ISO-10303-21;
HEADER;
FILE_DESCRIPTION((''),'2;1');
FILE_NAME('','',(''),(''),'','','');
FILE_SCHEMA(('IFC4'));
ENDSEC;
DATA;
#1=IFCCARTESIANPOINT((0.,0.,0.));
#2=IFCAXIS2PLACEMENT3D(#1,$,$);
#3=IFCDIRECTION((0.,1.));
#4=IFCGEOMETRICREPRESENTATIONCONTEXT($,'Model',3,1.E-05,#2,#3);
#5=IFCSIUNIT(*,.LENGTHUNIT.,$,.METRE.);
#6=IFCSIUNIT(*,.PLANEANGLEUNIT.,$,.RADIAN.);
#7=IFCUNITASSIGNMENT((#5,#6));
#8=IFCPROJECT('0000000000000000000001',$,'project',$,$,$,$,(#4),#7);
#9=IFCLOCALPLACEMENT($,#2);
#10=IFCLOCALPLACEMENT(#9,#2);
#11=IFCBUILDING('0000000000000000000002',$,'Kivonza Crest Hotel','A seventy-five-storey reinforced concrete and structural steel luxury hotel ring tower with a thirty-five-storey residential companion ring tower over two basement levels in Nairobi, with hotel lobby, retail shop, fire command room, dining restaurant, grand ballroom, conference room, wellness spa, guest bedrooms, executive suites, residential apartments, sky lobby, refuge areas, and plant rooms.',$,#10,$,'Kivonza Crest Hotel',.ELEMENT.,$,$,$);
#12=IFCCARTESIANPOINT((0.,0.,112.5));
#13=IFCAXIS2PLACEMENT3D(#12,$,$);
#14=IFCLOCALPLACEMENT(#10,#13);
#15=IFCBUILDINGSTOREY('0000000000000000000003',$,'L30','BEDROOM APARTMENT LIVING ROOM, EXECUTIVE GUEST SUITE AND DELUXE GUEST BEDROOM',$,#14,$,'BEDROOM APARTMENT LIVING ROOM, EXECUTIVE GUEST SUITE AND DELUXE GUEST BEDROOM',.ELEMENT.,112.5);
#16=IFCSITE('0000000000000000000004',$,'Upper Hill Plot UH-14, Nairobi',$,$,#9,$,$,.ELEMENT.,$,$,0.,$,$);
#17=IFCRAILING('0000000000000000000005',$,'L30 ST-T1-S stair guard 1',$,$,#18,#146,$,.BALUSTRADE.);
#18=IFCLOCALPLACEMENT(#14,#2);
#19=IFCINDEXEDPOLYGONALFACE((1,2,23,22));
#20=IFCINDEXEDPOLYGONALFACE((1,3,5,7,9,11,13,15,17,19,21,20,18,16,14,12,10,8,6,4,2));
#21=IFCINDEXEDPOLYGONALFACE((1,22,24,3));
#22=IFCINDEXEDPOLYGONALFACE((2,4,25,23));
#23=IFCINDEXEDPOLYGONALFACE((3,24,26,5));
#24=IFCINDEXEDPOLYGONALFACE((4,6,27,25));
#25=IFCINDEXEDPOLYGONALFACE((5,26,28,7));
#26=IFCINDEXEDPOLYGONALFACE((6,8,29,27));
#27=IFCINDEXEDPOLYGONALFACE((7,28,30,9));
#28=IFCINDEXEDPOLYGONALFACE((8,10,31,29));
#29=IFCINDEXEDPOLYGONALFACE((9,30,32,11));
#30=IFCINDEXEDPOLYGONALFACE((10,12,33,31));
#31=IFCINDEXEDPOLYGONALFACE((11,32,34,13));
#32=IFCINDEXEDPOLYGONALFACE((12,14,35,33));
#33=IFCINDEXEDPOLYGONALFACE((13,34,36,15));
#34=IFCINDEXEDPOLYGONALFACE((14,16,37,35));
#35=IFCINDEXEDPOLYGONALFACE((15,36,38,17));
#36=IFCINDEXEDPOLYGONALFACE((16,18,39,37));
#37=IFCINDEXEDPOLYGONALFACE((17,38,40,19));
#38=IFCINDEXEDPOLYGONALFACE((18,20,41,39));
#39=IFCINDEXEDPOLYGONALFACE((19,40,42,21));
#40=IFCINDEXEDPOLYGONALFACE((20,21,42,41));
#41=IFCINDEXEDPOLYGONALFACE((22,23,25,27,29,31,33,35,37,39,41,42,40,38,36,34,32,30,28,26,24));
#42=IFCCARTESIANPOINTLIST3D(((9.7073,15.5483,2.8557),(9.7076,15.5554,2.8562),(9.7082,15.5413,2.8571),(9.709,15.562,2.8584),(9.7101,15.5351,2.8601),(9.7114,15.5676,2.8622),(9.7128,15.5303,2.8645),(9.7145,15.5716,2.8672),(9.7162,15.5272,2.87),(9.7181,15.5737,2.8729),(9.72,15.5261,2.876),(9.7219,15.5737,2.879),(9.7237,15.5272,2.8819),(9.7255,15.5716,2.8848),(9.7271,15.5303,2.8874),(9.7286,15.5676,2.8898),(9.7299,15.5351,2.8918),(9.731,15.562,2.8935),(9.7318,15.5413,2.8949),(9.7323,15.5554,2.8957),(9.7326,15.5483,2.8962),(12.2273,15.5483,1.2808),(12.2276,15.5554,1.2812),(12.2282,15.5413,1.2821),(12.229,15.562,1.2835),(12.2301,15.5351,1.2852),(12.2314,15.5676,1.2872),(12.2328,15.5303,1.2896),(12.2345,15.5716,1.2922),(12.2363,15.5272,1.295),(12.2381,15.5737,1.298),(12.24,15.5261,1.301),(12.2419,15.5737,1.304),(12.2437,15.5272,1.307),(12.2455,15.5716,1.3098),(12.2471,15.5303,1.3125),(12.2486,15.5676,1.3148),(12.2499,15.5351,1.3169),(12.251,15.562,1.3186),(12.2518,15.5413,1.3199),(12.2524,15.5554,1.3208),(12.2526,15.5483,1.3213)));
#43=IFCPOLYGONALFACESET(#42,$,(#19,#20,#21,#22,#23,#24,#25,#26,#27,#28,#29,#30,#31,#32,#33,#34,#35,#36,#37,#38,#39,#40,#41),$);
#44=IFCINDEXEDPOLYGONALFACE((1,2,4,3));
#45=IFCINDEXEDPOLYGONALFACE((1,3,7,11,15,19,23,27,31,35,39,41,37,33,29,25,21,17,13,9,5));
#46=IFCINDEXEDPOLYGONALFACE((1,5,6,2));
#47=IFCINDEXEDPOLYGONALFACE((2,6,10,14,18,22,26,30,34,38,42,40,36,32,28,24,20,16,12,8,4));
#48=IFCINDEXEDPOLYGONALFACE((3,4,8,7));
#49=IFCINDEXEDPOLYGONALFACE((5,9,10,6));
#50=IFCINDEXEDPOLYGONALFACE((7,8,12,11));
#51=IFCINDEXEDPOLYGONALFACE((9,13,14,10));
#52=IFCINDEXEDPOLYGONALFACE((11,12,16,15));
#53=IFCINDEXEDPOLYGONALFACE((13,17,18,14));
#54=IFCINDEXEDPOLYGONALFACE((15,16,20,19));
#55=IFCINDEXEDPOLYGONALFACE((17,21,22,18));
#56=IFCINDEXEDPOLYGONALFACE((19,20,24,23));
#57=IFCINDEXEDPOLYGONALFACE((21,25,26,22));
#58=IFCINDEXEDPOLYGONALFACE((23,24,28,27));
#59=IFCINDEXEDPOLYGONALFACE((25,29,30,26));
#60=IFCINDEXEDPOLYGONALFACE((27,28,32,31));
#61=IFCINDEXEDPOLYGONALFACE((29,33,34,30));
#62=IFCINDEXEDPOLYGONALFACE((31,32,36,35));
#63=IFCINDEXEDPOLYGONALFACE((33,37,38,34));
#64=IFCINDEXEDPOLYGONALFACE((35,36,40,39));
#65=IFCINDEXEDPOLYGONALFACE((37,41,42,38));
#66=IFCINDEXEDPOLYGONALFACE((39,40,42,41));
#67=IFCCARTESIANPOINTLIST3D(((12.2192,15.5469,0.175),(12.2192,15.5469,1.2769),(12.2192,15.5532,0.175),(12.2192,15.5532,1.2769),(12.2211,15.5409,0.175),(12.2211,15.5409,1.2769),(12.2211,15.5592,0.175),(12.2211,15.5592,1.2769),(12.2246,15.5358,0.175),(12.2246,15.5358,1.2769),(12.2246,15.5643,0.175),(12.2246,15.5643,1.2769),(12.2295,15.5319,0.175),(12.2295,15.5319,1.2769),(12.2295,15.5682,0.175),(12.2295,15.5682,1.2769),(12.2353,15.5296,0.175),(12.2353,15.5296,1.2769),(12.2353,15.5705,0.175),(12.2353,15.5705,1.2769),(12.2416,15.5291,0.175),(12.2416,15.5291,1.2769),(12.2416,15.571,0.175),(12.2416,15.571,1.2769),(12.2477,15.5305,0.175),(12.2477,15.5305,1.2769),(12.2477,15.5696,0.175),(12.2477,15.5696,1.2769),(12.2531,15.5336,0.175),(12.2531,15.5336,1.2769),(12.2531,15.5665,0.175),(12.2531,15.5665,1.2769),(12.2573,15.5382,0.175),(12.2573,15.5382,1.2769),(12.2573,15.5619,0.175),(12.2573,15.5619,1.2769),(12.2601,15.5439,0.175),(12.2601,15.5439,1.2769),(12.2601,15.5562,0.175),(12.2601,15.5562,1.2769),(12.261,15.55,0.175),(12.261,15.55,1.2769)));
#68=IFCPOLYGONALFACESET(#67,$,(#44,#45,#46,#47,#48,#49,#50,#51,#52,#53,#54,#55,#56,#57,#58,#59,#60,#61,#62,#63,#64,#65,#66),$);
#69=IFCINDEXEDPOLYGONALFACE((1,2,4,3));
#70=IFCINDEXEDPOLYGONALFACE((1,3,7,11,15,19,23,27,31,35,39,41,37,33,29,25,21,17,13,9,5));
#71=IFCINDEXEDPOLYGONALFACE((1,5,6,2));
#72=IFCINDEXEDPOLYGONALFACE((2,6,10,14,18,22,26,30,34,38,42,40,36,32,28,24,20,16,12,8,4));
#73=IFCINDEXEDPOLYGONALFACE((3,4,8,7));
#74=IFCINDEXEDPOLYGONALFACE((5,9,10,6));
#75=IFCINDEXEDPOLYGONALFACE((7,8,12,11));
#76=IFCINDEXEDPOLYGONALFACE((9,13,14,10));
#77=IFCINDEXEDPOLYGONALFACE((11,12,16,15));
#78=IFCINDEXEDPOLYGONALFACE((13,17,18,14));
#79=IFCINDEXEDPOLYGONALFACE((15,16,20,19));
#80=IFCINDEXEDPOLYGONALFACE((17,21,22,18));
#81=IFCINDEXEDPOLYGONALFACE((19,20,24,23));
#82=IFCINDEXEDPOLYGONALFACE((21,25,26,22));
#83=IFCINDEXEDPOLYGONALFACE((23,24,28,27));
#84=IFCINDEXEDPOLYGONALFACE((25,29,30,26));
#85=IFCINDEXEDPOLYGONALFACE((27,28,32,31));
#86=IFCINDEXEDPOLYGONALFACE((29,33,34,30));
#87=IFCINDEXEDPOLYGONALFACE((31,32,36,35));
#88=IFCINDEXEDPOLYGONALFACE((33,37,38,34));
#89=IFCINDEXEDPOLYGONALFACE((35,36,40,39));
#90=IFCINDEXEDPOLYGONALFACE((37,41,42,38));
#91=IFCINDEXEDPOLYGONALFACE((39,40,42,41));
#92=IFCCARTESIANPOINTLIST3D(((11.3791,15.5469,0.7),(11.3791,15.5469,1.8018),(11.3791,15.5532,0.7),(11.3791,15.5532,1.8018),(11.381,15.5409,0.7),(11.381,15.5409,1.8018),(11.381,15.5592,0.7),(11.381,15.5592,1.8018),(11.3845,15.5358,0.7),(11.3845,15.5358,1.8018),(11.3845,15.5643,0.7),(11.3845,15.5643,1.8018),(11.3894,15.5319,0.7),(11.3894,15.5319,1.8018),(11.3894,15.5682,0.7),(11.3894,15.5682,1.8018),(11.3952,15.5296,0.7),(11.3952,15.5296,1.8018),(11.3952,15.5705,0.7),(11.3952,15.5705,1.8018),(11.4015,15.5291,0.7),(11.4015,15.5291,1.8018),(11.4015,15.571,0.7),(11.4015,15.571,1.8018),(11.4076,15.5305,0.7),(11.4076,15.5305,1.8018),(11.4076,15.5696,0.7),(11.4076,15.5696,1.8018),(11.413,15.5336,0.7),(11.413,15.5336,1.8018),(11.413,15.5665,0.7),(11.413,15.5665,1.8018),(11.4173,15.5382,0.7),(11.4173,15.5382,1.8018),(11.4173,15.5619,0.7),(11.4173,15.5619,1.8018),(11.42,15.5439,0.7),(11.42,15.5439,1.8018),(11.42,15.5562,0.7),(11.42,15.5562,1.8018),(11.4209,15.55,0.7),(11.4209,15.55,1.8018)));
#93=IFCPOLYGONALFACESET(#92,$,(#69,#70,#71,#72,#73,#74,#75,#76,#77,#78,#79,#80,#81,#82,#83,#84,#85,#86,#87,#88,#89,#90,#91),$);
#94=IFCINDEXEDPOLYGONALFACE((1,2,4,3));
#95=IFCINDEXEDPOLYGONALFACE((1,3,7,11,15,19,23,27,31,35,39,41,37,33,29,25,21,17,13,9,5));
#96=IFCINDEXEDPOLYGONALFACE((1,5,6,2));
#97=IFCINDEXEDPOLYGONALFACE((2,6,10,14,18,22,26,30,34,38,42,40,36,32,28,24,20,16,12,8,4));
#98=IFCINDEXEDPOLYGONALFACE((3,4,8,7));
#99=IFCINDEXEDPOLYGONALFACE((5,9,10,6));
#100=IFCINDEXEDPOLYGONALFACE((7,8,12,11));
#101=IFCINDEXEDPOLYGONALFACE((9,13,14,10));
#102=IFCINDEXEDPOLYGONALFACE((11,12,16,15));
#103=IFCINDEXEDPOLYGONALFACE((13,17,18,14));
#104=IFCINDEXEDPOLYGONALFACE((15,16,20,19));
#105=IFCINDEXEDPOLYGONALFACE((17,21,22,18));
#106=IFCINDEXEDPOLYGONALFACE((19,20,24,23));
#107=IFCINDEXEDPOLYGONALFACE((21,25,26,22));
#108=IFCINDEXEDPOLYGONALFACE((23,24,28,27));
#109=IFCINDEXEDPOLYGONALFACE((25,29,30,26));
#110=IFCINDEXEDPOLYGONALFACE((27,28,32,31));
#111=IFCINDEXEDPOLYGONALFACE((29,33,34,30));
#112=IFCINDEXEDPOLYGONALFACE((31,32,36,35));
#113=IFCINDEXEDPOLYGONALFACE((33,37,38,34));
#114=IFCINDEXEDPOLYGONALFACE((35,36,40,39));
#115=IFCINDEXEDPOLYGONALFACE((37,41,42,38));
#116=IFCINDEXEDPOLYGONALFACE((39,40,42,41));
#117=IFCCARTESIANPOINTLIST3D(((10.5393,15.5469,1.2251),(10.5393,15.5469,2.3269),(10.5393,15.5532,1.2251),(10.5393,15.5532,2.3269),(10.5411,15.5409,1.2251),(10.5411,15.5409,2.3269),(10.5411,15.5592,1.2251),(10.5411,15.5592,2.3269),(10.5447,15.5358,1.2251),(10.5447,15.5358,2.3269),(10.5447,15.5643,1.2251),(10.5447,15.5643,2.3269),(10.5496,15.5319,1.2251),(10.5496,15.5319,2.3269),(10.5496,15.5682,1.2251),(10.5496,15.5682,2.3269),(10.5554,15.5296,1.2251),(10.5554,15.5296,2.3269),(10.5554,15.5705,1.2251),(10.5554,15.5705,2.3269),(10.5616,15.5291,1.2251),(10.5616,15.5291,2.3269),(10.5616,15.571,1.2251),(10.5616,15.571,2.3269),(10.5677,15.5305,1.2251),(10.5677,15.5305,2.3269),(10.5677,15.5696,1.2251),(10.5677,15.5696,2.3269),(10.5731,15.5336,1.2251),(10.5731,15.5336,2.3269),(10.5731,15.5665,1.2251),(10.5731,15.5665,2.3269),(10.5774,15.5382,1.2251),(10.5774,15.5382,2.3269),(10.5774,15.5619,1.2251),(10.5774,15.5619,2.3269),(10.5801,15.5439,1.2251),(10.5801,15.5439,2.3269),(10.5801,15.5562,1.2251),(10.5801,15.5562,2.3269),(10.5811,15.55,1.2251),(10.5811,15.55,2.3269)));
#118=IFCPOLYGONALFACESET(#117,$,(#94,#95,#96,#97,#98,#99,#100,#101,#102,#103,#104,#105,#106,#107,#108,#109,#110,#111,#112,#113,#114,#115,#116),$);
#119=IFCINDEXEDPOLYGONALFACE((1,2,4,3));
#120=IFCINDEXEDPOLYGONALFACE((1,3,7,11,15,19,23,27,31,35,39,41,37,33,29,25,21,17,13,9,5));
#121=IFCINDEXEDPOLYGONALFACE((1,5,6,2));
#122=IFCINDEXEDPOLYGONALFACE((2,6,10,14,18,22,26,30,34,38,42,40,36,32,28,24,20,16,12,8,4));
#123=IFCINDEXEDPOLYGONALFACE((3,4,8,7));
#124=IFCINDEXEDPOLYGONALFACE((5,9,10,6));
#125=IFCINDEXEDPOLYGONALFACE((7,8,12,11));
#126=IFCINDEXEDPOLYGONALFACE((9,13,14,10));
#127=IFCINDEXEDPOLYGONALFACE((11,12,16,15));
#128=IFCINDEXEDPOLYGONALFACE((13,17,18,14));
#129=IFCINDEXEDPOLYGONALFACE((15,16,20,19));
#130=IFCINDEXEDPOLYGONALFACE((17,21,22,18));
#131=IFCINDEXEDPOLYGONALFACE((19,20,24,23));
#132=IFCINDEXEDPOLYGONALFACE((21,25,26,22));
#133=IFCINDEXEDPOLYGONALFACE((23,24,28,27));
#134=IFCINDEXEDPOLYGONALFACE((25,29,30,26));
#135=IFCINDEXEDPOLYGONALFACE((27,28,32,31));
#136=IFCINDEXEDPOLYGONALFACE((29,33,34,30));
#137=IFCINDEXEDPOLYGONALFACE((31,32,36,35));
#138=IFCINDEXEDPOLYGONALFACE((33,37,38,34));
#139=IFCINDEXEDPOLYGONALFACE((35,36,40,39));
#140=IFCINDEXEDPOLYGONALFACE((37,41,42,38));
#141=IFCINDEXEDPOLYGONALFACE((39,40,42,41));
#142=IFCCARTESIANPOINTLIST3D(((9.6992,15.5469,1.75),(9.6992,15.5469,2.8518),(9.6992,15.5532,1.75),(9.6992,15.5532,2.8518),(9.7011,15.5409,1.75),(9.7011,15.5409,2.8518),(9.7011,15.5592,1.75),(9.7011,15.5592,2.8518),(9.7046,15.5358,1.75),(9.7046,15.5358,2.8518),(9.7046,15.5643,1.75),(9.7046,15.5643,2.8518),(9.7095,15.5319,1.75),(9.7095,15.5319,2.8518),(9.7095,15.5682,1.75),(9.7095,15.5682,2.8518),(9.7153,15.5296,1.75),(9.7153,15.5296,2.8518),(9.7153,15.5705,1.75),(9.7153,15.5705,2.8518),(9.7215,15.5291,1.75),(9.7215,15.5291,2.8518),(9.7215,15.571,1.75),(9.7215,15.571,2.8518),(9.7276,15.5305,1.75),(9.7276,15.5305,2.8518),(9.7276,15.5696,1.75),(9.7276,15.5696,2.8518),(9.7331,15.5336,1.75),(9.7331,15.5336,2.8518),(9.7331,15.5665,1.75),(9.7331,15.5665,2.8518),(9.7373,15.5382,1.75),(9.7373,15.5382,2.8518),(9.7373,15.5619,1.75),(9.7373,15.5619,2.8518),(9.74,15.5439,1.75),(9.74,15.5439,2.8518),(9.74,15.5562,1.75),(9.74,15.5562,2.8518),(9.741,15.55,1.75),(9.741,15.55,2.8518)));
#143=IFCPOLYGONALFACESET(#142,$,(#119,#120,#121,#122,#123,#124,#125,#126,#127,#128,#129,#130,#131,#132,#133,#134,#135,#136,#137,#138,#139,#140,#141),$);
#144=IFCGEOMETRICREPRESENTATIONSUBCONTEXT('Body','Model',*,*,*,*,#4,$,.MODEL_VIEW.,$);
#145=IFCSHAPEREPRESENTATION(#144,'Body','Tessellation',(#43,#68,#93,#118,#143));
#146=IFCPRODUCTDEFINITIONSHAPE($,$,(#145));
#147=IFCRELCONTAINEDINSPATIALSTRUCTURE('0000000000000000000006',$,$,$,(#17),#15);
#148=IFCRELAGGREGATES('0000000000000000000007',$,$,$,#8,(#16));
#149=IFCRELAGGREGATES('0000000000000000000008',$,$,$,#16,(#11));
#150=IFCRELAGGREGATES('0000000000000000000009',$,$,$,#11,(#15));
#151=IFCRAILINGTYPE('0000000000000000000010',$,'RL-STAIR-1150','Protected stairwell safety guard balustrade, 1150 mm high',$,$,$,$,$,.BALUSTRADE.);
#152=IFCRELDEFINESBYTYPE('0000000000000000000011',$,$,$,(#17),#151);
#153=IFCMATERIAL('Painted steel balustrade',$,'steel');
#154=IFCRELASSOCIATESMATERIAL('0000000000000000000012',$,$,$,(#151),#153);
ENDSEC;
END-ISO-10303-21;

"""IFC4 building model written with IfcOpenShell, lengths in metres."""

from ifc_helpers import new_model, si_unit, direction, frame, origin, origin_2d, place, context, subcontext, project, spatial, circle, extrude, material, type_object, element, save


model = new_model("IFC4")

# Units and contexts
model_context = context("Model", 3, precision=1e-05, world=origin(), true_north=direction((0.0, 1.0)))
body_context = subcontext(model_context, "Body", "Model", "MODEL_VIEW")
ifc_project = project(units=[si_unit("LENGTHUNIT", "METRE"), si_unit("PLANEANGLEUNIT", "RADIAN")], contexts=[model_context])

# Site, building, storey
site_placement = place(None, origin())
site = spatial("IfcSite", under=ifc_project, at=site_placement, Name="Upper Hill Plot UH-14, Nairobi", CompositionType="ELEMENT", RefElevation=0.0)
building_placement = place(site_placement, origin())
building = spatial("IfcBuilding", under=site, at=building_placement, Name="Kivonza Crest Hotel", Description="A seventy-five-storey reinforced concrete and structural steel luxury hotel ring tower with a thirty-five-storey residential companion ring tower over two basement levels in Nairobi, with hotel lobby, retail shop, fire command room, dining restaurant, grand ballroom, conference room, wellness spa, guest bedrooms, executive suites, residential apartments, sky lobby, refuge areas, and plant rooms.", LongName="Kivonza Crest Hotel", CompositionType="ELEMENT")
storey_placement = place(building_placement, frame((0.0, 0.0, 112.5)))
storey = spatial("IfcBuildingStorey", under=building, at=storey_placement, Name="L30", Description="BEDROOM APARTMENT LIVING ROOM, EXECUTIVE GUEST SUITE AND DELUXE GUEST BEDROOM", LongName="BEDROOM APARTMENT LIVING ROOM, EXECUTIVE GUEST SUITE AND DELUXE GUEST BEDROOM", CompositionType="ELEMENT", Elevation=112.5)

# Railing
ifc_material_1 = material(Name="Painted steel balustrade", Category="steel")
railing_type_1 = type_object("IfcRailingType", Name="RL-STAIR-1150", Description="Protected stairwell safety guard balustrade, 1150 mm high", PredefinedType="BALUSTRADE", material=ifc_material_1)
railing_1_placement = place(storey_placement, frame((12.24, 15.55, 0.175)))
element("IfcRailing", 1, at=railing_1_placement, inside=storey, type_object=railing_type_1, Name="L30 ST-T1-S stair guard 1", PredefinedType="BALUSTRADE", context=body_context, shape_type="SweptSolid", body=[
    extrude(circle(Radius=0.0239, at=origin_2d()), frame((0.0, 0.0, 1.126), z_axis=(-0.848008, 0.0, 0.529984), x_axis=(0.0, -1.0, 0.0)), (0.0, 0.0, 1.0), 2.9717),
    extrude(circle(Radius=0.021, at=origin_2d()), origin(), (0.0, 0.0, 1.0), 1.1018),
    extrude(circle(Radius=0.021, at=origin_2d()), frame((-0.8401, 0.0, 0.5249)), (0.0, 0.0, 1.0), 1.1018),
    extrude(circle(Radius=0.021, at=origin_2d()), frame((-1.6799, 0.0, 1.05)), (0.0, 0.0, 1.0), 1.1018),
    extrude(circle(Radius=0.021, at=origin_2d()), frame((-2.52, 0.0, 1.575)), (0.0, 0.0, 1.0), 1.1018),
])

save(model, "model.ifc")
